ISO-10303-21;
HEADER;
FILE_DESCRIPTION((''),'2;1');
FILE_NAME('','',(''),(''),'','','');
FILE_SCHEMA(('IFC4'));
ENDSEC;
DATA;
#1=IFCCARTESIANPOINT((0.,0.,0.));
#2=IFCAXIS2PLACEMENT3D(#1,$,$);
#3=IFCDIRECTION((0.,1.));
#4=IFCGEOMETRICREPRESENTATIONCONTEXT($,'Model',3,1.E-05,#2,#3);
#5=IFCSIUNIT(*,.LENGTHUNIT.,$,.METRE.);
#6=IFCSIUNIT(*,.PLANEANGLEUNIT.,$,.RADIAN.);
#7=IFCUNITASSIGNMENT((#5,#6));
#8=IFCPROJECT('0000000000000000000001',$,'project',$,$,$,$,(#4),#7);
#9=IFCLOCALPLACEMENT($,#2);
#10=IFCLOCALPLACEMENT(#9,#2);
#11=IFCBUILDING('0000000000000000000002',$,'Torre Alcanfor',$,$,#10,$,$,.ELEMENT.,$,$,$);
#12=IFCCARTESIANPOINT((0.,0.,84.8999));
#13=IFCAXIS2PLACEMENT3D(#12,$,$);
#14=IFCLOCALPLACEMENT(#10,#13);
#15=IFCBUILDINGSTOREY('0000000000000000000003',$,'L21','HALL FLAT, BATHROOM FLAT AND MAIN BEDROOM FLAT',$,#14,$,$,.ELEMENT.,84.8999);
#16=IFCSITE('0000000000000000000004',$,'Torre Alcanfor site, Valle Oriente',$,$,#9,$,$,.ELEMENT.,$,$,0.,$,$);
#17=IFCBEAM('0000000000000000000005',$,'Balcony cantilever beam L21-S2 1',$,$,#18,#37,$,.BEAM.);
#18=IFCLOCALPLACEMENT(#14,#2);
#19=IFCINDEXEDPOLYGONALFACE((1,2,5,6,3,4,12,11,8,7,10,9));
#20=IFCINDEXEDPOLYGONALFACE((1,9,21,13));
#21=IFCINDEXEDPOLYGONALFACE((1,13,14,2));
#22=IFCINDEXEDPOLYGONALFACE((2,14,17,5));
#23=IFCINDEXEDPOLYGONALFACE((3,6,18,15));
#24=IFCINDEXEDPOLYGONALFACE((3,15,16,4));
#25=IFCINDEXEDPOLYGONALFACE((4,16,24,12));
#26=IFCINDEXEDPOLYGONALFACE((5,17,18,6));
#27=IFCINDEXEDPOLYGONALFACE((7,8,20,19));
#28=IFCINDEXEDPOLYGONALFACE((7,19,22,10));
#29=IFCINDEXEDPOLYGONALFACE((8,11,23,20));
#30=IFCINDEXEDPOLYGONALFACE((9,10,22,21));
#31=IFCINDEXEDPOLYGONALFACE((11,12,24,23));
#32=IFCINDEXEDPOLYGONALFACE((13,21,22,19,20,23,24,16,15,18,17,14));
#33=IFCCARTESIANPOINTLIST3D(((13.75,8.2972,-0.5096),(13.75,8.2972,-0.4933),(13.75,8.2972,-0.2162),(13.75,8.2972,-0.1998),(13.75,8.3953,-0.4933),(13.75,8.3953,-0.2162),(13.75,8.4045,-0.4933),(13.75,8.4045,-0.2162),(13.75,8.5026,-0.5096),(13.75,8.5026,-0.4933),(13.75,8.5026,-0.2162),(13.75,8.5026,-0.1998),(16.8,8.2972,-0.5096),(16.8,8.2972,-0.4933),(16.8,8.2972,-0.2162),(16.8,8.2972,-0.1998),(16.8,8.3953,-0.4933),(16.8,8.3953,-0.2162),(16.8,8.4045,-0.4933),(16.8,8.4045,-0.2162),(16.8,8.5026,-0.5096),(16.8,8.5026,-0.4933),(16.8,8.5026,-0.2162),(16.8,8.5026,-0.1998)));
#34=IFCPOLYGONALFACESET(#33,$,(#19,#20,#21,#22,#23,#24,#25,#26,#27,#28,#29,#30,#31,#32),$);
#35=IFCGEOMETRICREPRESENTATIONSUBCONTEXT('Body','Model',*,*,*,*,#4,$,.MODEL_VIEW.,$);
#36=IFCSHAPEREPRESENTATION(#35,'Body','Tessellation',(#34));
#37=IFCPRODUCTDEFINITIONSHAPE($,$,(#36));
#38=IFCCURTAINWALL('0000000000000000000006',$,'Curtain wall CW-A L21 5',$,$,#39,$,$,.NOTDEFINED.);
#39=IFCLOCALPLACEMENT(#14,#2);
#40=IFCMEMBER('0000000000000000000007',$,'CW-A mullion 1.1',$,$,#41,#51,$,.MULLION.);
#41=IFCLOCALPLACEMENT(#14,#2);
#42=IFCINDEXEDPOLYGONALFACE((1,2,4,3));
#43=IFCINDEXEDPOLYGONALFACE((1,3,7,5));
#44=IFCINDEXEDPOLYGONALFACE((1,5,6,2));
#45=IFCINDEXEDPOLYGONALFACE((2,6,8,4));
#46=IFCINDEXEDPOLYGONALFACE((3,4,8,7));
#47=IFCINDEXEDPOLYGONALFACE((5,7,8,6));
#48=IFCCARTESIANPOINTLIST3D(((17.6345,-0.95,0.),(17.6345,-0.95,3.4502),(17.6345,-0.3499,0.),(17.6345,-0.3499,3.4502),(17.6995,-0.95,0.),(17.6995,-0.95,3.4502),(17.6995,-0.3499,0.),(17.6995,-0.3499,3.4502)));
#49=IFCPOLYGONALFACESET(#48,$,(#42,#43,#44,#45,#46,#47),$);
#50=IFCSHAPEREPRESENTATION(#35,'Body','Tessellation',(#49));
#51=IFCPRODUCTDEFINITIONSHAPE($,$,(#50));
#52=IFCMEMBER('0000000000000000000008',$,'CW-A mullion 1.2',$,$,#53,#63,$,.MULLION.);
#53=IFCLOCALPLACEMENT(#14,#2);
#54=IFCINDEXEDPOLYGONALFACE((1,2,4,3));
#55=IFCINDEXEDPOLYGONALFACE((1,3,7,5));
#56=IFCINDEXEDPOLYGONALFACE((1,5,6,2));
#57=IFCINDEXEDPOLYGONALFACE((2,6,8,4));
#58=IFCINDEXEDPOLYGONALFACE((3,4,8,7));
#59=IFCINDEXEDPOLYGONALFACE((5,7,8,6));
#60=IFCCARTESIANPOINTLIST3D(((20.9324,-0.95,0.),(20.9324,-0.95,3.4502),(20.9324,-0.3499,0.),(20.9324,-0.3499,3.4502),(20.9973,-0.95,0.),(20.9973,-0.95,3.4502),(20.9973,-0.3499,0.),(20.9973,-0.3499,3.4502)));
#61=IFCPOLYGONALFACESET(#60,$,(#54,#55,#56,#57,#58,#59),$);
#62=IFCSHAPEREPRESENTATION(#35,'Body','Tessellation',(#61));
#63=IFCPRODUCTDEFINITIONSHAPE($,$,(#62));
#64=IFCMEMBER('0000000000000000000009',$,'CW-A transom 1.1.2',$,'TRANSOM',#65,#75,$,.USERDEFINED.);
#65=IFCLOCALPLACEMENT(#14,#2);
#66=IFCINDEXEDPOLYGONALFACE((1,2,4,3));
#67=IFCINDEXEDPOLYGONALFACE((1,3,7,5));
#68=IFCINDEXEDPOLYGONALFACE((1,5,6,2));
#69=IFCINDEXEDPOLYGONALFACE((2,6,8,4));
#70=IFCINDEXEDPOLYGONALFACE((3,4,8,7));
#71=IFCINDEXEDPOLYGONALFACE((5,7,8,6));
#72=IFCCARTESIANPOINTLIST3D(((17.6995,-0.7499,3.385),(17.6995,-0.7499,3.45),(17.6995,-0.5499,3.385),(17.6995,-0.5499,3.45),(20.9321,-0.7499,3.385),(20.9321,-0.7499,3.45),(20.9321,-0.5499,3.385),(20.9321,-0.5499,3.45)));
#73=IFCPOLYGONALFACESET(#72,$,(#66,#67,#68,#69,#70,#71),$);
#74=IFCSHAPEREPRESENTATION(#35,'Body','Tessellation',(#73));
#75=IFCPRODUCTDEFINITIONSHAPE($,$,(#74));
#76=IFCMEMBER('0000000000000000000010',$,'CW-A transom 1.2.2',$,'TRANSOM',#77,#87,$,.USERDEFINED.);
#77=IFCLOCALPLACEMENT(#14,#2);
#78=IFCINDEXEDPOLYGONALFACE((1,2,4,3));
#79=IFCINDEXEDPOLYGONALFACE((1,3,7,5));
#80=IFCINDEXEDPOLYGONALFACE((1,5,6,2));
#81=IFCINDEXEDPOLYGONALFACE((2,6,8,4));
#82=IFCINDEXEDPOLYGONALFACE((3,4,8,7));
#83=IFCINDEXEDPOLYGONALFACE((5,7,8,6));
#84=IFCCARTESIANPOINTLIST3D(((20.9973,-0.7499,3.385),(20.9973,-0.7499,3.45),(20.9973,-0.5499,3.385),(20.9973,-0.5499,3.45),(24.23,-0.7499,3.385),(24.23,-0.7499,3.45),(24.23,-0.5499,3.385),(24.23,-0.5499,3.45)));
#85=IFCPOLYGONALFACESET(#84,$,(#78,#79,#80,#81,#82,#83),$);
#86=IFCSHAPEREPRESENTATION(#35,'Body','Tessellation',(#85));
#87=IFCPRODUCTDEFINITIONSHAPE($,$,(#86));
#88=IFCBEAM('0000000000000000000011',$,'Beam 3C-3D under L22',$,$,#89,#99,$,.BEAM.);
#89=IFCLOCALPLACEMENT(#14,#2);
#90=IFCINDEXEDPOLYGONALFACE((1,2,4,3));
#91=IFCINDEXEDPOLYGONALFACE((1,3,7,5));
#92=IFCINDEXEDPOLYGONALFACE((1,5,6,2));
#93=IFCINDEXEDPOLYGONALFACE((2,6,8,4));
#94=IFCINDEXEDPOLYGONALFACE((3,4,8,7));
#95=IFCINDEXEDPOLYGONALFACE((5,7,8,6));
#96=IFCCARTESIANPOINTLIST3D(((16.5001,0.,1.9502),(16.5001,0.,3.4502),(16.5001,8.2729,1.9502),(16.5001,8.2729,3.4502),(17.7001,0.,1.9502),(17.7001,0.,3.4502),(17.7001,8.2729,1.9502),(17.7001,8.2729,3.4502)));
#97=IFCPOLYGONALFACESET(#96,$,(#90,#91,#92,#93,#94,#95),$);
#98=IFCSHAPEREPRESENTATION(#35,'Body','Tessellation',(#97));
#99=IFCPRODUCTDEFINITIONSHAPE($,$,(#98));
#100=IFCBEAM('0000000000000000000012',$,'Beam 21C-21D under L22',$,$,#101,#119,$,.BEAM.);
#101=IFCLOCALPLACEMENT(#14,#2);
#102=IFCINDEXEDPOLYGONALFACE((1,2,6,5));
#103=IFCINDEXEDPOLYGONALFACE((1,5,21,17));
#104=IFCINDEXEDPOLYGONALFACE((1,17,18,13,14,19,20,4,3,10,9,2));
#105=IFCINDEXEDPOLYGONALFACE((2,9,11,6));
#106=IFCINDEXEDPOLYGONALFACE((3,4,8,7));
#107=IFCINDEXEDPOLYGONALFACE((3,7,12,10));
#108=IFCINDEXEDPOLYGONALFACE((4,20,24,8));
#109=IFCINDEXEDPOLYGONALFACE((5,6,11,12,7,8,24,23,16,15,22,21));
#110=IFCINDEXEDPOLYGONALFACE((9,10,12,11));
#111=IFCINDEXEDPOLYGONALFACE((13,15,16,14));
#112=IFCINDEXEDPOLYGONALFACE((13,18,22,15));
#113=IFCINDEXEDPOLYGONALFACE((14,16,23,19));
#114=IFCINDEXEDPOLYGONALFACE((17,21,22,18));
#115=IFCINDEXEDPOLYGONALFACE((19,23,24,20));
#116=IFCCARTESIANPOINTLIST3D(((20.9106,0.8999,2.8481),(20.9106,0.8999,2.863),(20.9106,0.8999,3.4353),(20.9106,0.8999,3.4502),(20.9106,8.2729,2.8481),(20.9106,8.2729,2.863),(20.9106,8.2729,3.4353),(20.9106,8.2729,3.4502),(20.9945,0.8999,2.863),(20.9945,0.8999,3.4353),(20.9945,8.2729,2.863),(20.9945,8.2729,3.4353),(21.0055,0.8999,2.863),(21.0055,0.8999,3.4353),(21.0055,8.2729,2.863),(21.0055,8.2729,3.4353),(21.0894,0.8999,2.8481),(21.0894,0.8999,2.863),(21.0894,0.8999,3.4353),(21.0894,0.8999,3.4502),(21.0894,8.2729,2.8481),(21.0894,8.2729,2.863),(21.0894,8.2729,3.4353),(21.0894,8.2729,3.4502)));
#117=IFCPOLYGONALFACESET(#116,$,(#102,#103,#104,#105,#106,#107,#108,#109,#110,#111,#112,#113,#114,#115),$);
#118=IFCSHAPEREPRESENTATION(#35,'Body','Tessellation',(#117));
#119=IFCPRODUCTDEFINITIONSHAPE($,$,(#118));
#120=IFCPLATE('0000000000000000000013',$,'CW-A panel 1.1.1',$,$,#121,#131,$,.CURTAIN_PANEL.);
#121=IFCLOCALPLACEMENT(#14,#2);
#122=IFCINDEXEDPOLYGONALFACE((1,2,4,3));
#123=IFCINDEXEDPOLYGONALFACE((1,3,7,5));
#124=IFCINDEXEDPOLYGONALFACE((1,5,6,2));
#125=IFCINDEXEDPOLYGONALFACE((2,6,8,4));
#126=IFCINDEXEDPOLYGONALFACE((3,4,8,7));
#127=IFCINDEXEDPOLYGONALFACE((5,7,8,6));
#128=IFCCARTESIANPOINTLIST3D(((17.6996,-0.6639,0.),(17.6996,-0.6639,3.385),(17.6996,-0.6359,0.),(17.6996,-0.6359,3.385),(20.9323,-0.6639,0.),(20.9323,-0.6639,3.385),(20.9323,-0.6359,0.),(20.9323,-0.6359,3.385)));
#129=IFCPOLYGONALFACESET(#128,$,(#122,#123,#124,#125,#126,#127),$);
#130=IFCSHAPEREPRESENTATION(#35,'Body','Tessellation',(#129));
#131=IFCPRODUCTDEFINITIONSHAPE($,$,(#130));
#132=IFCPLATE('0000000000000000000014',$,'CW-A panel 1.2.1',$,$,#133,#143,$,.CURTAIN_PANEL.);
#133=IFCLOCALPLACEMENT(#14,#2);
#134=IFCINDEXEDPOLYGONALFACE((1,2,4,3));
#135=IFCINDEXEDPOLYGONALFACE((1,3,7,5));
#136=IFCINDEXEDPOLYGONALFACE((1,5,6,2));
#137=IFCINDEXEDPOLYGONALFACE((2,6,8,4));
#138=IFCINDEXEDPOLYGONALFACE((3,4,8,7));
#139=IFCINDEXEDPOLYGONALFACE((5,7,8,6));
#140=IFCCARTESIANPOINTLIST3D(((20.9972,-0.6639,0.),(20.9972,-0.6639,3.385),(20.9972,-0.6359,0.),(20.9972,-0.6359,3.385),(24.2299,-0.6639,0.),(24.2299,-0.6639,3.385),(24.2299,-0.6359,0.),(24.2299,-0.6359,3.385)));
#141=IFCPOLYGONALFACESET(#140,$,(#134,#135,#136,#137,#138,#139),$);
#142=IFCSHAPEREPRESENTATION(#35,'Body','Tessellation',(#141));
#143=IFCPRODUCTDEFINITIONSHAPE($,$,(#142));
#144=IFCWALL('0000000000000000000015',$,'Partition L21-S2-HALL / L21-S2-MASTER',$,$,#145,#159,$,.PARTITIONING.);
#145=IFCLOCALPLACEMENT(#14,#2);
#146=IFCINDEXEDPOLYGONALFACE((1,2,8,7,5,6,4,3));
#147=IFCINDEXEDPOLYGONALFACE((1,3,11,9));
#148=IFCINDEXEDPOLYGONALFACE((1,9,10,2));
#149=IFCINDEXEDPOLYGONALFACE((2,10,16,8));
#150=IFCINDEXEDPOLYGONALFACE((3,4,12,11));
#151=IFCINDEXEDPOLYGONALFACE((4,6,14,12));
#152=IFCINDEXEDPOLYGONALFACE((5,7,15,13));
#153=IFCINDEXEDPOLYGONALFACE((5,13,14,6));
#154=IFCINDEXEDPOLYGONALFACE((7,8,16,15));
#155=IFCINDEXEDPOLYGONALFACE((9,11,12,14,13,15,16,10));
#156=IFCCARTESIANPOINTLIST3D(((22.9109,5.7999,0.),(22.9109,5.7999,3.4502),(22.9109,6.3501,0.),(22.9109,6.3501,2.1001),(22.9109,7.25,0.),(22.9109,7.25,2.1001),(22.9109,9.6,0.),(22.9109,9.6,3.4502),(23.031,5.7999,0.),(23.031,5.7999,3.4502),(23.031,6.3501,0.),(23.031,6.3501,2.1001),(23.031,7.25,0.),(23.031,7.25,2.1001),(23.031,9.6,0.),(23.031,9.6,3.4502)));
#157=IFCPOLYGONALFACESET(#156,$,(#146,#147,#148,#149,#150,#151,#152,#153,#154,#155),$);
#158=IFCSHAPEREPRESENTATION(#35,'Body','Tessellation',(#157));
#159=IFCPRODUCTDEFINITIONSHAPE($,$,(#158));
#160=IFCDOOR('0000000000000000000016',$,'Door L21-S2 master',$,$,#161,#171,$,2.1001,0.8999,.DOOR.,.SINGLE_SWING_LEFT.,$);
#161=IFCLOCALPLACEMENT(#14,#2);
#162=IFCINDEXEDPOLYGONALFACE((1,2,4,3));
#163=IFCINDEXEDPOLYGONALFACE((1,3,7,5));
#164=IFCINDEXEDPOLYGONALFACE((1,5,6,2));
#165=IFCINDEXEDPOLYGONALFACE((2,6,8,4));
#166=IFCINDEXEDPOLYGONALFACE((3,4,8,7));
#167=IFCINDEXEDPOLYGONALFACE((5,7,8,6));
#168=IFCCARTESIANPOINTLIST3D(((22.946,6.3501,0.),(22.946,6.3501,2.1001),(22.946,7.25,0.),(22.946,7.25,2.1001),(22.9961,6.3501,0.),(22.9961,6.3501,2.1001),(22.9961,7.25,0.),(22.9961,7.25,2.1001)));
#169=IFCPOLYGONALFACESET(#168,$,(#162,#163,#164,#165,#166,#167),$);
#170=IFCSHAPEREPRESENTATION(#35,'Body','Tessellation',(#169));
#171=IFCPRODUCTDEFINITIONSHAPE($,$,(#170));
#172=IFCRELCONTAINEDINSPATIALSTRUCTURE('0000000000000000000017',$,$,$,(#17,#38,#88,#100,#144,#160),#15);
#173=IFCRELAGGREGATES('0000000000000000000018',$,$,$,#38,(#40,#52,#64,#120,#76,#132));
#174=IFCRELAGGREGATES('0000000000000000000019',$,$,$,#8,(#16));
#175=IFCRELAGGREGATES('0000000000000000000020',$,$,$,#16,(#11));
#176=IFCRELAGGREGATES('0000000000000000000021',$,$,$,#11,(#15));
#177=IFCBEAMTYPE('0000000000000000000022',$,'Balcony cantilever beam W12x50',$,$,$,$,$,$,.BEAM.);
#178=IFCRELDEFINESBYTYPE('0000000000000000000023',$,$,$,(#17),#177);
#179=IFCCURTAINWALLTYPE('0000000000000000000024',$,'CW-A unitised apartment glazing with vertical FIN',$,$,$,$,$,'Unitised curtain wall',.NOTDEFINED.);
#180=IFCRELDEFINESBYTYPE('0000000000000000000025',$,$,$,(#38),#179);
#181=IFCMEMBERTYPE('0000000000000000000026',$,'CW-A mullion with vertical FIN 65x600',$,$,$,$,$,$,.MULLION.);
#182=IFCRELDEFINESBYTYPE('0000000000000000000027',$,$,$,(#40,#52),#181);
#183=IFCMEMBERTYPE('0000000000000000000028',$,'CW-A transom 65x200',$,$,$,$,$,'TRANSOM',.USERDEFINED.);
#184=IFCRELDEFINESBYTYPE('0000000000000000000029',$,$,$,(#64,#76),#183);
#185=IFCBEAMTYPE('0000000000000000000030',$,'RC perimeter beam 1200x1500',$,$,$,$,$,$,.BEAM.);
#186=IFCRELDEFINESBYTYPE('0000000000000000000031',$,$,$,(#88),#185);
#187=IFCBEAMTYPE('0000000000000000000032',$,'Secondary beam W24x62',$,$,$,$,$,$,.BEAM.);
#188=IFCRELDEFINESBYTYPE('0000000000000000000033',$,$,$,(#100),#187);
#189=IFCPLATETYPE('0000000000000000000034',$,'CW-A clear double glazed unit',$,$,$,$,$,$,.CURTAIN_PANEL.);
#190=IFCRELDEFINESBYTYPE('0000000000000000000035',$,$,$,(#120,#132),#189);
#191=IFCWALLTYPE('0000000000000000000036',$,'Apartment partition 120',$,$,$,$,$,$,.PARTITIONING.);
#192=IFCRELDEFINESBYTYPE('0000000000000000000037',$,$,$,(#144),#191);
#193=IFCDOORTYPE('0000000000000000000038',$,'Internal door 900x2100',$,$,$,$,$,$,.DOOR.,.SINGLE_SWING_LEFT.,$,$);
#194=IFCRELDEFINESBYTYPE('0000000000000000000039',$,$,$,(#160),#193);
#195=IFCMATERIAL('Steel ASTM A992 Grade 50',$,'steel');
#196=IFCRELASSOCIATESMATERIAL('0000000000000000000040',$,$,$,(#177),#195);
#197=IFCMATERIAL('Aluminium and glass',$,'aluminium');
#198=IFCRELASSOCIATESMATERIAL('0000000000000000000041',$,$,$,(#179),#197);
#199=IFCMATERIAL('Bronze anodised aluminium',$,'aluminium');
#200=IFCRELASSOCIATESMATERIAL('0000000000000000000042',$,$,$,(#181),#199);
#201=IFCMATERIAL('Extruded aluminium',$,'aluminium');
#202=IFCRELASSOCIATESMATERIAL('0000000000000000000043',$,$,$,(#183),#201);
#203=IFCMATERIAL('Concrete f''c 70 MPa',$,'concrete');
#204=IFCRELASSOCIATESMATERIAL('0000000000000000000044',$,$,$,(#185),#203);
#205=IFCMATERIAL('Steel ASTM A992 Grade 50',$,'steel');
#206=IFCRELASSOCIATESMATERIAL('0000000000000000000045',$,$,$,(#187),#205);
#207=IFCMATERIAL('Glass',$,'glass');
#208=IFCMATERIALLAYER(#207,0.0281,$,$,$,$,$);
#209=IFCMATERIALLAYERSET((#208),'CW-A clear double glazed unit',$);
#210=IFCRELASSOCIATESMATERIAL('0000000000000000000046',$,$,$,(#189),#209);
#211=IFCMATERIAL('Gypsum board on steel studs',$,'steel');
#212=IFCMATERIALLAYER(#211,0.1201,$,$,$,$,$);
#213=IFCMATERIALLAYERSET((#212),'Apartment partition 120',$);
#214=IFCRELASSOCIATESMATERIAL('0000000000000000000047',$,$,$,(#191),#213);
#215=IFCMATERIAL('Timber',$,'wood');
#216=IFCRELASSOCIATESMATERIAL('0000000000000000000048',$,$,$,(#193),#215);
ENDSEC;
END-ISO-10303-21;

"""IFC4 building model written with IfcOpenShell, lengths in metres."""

from ifc_helpers import new_model, si_unit, direction, frame, frame_2d, origin, origin_2d, place, context, subcontext, project, spatial, rectangle, i_section, extrude, material, layer, layer_set, material_profile, profile_set, type_object, element, fill, aggregate, save


model = new_model("IFC4")

# Units and contexts
model_context = context("Model", 3, precision=1e-05, world=origin(), true_north=direction((0.0, 1.0)))
body_context = subcontext(model_context, "Body", "Model", "MODEL_VIEW")
ifc_project = project(units=[si_unit("LENGTHUNIT", "METRE"), si_unit("PLANEANGLEUNIT", "RADIAN")], contexts=[model_context])

# Site, building, storey
site_placement = place(None, origin())
site = spatial("IfcSite", under=ifc_project, at=site_placement, Name="Torre Alcanfor site, Valle Oriente", CompositionType="ELEMENT", RefElevation=0.0)
building_placement = place(site_placement, origin())
building = spatial("IfcBuilding", under=site, at=building_placement, Name="Torre Alcanfor", CompositionType="ELEMENT")
storey_placement = place(building_placement, frame((0.0, 0.0, 84.8999)))
storey = spatial("IfcBuildingStorey", under=building, at=storey_placement, Name="L21", Description="HALL FLAT, BATHROOM FLAT AND MAIN BEDROOM FLAT", CompositionType="ELEMENT", Elevation=84.8999)

# Beam
ifc_material_1 = material(Name="Steel ASTM A992 Grade 50", Category="steel")
ifc_material_profile_1 = material_profile(ifc_material_1, i_section(OverallWidth=0.2053, OverallDepth=0.3098, WebThickness=0.0093, FlangeThickness=0.0164, at=origin_2d()), Name="W12x50")
ifc_profile_set_1 = profile_set([ifc_material_profile_1], Name="Steel ASTM A992 Grade 50")
beam_type_1 = type_object("IfcBeamType", Name="Balcony cantilever beam W12x50", PredefinedType="BEAM", material=ifc_profile_set_1)
beam_1_placement = place(storey_placement, frame((16.8, 8.3999, -0.3547), z_axis=(-1.0, 0.0, 0.0), x_axis=(0.0, -1.0, 0.0)))
element("IfcBeam", 1, at=beam_1_placement, inside=storey, type_object=beam_type_1, Name="Balcony cantilever beam L21-S2 1", PredefinedType="BEAM", context=body_context, shape_type="SweptSolid", body=[
    extrude(i_section(OverallWidth=0.2053, OverallDepth=0.3098, WebThickness=0.0093, FlangeThickness=0.0164, at=origin_2d()), origin(), (0.0, 0.0, 1.0), 3.05),
])

# Curtain wall, members
ifc_material_2 = material(Name="Aluminium and glass", Category="aluminium")
curtain_wall_type = type_object("IfcCurtainWallType", Name="CW-A unitised apartment glazing with vertical FIN", ElementType="Unitised curtain wall", PredefinedType="NOTDEFINED", material=ifc_material_2)
curtain_wall_placement = place(storey_placement, origin())
curtain_wall = element("IfcCurtainWall", 2, at=curtain_wall_placement, inside=storey, type_object=curtain_wall_type, Name="Curtain wall CW-A L21 5", PredefinedType="NOTDEFINED")
ifc_material_3 = material(Name="Bronze anodised aluminium", Category="aluminium")
ifc_material_profile_2 = material_profile(ifc_material_3, rectangle(XDim=0.6001, YDim=0.0649, at=origin_2d()), Name="CW-A mullion 65x600")
ifc_profile_set_2 = profile_set([ifc_material_profile_2], Name="Bronze anodised aluminium")
member_type_1 = type_object("IfcMemberType", Name="CW-A mullion with vertical FIN 65x600", PredefinedType="MULLION", material=ifc_profile_set_2)
member_1_placement = place(storey_placement, frame((17.667, -0.6499, 0.0), z_axis=(0.0, 0.0, 1.0), x_axis=(0.0, 1.0, 0.0)))
member_1 = element("IfcMember", 3, at=member_1_placement, type_object=member_type_1, Name="CW-A mullion 1.1", PredefinedType="MULLION", context=body_context, shape_type="SweptSolid", body=[
    extrude(rectangle(XDim=0.6001, YDim=0.0649, at=origin_2d()), origin(), (0.0, 0.0, 1.0), 3.4502),
])
member_2_placement = place(storey_placement, frame((20.9648, -0.6499, 0.0), z_axis=(0.0, 0.0, 1.0), x_axis=(0.0, 1.0, 0.0)))
member_2 = element("IfcMember", 4, at=member_2_placement, type_object=member_type_1, Name="CW-A mullion 1.2", PredefinedType="MULLION", context=body_context, shape_type="SweptSolid", body=[
    extrude(rectangle(XDim=0.6001, YDim=0.0649, at=origin_2d()), origin(), (0.0, 0.0, 1.0), 3.4502),
])
ifc_material_4 = material(Name="Extruded aluminium", Category="aluminium")
ifc_material_profile_3 = material_profile(ifc_material_4, rectangle(XDim=0.2, YDim=0.0649, at=origin_2d()), Name="CW-A transom 200x65")
ifc_profile_set_3 = profile_set([ifc_material_profile_3], Name="Extruded aluminium")
member_type_2 = type_object("IfcMemberType", Name="CW-A transom 65x200", ElementType="TRANSOM", PredefinedType="USERDEFINED", material=ifc_profile_set_3)
member_3_placement = place(storey_placement, frame((17.6995, -0.6499, 3.4175), z_axis=(1.0, 0.0, 0.0), x_axis=(0.0, 1.0, 0.0)))
member_3 = element("IfcMember", 5, at=member_3_placement, type_object=member_type_2, Name="CW-A transom 1.1.2", ObjectType="TRANSOM", PredefinedType="USERDEFINED", context=body_context, shape_type="SweptSolid", body=[
    extrude(rectangle(XDim=0.2, YDim=0.0649, at=origin_2d()), origin(), (0.0, 0.0, 1.0), 3.2327),
])
member_4_placement = place(storey_placement, frame((20.9973, -0.6499, 3.4175), z_axis=(1.0, 0.0, 0.0), x_axis=(0.0, 1.0, 0.0)))
member_4 = element("IfcMember", 6, at=member_4_placement, type_object=member_type_2, Name="CW-A transom 1.2.2", ObjectType="TRANSOM", PredefinedType="USERDEFINED", context=body_context, shape_type="SweptSolid", body=[
    extrude(rectangle(XDim=0.2, YDim=0.0649, at=origin_2d()), origin(), (0.0, 0.0, 1.0), 3.2327),
])

# Beams
ifc_material_5 = material(Name="Concrete f'c 70 MPa", Category="concrete")
ifc_material_profile_4 = material_profile(ifc_material_5, rectangle(XDim=1.2, YDim=1.5, at=origin_2d()), Name="1200x1500")
ifc_profile_set_4 = profile_set([ifc_material_profile_4], Name="Concrete f'c 70 MPa")
beam_type_2 = type_object("IfcBeamType", Name="RC perimeter beam 1200x1500", PredefinedType="BEAM", material=ifc_profile_set_4)
beam_2_placement = place(storey_placement, frame((17.1001, 0.0, 2.7002), z_axis=(0.0, 1.0, 0.0), x_axis=(-1.0, 0.0, 0.0)))
element("IfcBeam", 7, at=beam_2_placement, inside=storey, type_object=beam_type_2, Name="Beam 3C-3D under L22", PredefinedType="BEAM", context=body_context, shape_type="SweptSolid", body=[
    extrude(rectangle(XDim=1.2, YDim=1.5, at=origin_2d()), origin(), (0.0, 0.0, 1.0), 8.2729),
])
ifc_material_6 = material(Name="Steel ASTM A992 Grade 50", Category="steel")
ifc_material_profile_5 = material_profile(ifc_material_6, i_section(OverallWidth=0.1787, OverallDepth=0.6021, WebThickness=0.011, FlangeThickness=0.0149, at=origin_2d()), Name="W24x62")
ifc_profile_set_5 = profile_set([ifc_material_profile_5], Name="Steel ASTM A992 Grade 50")
beam_type_3 = type_object("IfcBeamType", Name="Secondary beam W24x62", PredefinedType="BEAM", material=ifc_profile_set_5)
beam_3_placement = place(storey_placement, frame((21.0, 0.8999, 3.1492), z_axis=(0.0, 1.0, 0.0), x_axis=(-1.0, 0.0, 0.0)))
element("IfcBeam", 8, at=beam_3_placement, inside=storey, type_object=beam_type_3, Name="Beam 21C-21D under L22", PredefinedType="BEAM", context=body_context, shape_type="SweptSolid", body=[
    extrude(i_section(OverallWidth=0.1787, OverallDepth=0.6021, WebThickness=0.011, FlangeThickness=0.0149, at=origin_2d()), origin(), (0.0, 0.0, 1.0), 7.373),
])

# Plates
ifc_material_7 = material(Name="Glass", Category="glass")
ifc_layer_1 = layer(ifc_material_7, 0.0281)
ifc_layer_set_1 = layer_set([ifc_layer_1], Name="CW-A clear double glazed unit")
plate_type = type_object("IfcPlateType", Name="CW-A clear double glazed unit", PredefinedType="CURTAIN_PANEL", material=ifc_layer_set_1)
plate_1_placement = place(storey_placement, frame((19.3159, -0.6499, 0.0), z_axis=(0.0, 0.0, 1.0), x_axis=(1.0, 0.0, 0.0)))
plate_1 = element("IfcPlate", 9, at=plate_1_placement, type_object=plate_type, Name="CW-A panel 1.1.1", PredefinedType="CURTAIN_PANEL", context=body_context, shape_type="SweptSolid", body=[
    extrude(rectangle(XDim=3.2327, YDim=0.0281, at=origin_2d()), origin(), (0.0, 0.0, 1.0), 3.385),
])
plate_2_placement = place(storey_placement, frame((22.6135, -0.6499, 0.0), z_axis=(0.0, 0.0, 1.0), x_axis=(1.0, 0.0, 0.0)))
plate_2 = element("IfcPlate", 10, at=plate_2_placement, type_object=plate_type, Name="CW-A panel 1.2.1", PredefinedType="CURTAIN_PANEL", context=body_context, shape_type="SweptSolid", body=[
    extrude(rectangle(XDim=3.2327, YDim=0.0281, at=origin_2d()), origin(), (0.0, 0.0, 1.0), 3.385),
])
aggregate(curtain_wall, [member_1, member_2, member_3, plate_1, member_4, plate_2])

# Wall, opening, door
ifc_material_8 = material(Name="Gypsum board on steel studs", Category="steel")
ifc_layer_2 = layer(ifc_material_8, 0.1201)
ifc_layer_set_2 = layer_set([ifc_layer_2], Name="Apartment partition 120")
wall_type = type_object("IfcWallType", Name="Apartment partition 120", PredefinedType="PARTITIONING", material=ifc_layer_set_2)
wall_1_placement = place(storey_placement, frame((22.9709, 5.8, 0.0), z_axis=(0.0, 0.0, 1.0), x_axis=(0.0, 1.0, 0.0)))
wall_1 = element("IfcWall", 11, at=wall_1_placement, inside=storey, type_object=wall_type, Name="Partition L21-S2-HALL / L21-S2-MASTER", PredefinedType="PARTITIONING", context=body_context, shape_type="SweptSolid", body=[
    extrude(rectangle(XDim=3.8, YDim=0.1201, at=frame_2d((1.8999, 0.0))), origin(), (0.0, 0.0, 1.0), 3.4502),
])
opening_1_placement = place(wall_1_placement, frame((0.55, 0.0, 0.0)))
opening_1 = element("IfcOpeningElement", 12, at=opening_1_placement, cuts=wall_1, PredefinedType="OPENING", context=body_context, shape_type="SweptSolid", body=[
    extrude(rectangle(XDim=0.8999, YDim=2.1001, at=frame_2d((0.45, 1.05))), frame((0.0, 0.0701, 0.0), z_axis=(0.0, -1.0, 0.0), x_axis=(1.0, 0.0, 0.0)), (0.0, 0.0, 1.0), 0.1401),
])
ifc_material_9 = material(Name="Timber", Category="wood")
door_type = type_object("IfcDoorType", Name="Internal door 900x2100", OperationType="SINGLE_SWING_LEFT", PredefinedType="DOOR", material=ifc_material_9)
door_1_placement = place(opening_1_placement, origin())
door_1 = element("IfcDoor", 13, at=door_1_placement, inside=storey, type_object=door_type, Name="Door L21-S2 master", OperationType="SINGLE_SWING_LEFT", OverallHeight=2.1001, OverallWidth=0.8999, PredefinedType="DOOR", context=body_context, shape_type="SweptSolid", body=[
    extrude(rectangle(XDim=0.8999, YDim=2.1001, at=frame_2d((0.45, 1.05))), frame((0.0, 0.0249, 0.0), z_axis=(0.0, -1.0, 0.0), x_axis=(1.0, 0.0, 0.0)), (0.0, 0.0, 1.0), 0.05),
])
fill(opening_1, door_1)

save(model, "model.ifc")
